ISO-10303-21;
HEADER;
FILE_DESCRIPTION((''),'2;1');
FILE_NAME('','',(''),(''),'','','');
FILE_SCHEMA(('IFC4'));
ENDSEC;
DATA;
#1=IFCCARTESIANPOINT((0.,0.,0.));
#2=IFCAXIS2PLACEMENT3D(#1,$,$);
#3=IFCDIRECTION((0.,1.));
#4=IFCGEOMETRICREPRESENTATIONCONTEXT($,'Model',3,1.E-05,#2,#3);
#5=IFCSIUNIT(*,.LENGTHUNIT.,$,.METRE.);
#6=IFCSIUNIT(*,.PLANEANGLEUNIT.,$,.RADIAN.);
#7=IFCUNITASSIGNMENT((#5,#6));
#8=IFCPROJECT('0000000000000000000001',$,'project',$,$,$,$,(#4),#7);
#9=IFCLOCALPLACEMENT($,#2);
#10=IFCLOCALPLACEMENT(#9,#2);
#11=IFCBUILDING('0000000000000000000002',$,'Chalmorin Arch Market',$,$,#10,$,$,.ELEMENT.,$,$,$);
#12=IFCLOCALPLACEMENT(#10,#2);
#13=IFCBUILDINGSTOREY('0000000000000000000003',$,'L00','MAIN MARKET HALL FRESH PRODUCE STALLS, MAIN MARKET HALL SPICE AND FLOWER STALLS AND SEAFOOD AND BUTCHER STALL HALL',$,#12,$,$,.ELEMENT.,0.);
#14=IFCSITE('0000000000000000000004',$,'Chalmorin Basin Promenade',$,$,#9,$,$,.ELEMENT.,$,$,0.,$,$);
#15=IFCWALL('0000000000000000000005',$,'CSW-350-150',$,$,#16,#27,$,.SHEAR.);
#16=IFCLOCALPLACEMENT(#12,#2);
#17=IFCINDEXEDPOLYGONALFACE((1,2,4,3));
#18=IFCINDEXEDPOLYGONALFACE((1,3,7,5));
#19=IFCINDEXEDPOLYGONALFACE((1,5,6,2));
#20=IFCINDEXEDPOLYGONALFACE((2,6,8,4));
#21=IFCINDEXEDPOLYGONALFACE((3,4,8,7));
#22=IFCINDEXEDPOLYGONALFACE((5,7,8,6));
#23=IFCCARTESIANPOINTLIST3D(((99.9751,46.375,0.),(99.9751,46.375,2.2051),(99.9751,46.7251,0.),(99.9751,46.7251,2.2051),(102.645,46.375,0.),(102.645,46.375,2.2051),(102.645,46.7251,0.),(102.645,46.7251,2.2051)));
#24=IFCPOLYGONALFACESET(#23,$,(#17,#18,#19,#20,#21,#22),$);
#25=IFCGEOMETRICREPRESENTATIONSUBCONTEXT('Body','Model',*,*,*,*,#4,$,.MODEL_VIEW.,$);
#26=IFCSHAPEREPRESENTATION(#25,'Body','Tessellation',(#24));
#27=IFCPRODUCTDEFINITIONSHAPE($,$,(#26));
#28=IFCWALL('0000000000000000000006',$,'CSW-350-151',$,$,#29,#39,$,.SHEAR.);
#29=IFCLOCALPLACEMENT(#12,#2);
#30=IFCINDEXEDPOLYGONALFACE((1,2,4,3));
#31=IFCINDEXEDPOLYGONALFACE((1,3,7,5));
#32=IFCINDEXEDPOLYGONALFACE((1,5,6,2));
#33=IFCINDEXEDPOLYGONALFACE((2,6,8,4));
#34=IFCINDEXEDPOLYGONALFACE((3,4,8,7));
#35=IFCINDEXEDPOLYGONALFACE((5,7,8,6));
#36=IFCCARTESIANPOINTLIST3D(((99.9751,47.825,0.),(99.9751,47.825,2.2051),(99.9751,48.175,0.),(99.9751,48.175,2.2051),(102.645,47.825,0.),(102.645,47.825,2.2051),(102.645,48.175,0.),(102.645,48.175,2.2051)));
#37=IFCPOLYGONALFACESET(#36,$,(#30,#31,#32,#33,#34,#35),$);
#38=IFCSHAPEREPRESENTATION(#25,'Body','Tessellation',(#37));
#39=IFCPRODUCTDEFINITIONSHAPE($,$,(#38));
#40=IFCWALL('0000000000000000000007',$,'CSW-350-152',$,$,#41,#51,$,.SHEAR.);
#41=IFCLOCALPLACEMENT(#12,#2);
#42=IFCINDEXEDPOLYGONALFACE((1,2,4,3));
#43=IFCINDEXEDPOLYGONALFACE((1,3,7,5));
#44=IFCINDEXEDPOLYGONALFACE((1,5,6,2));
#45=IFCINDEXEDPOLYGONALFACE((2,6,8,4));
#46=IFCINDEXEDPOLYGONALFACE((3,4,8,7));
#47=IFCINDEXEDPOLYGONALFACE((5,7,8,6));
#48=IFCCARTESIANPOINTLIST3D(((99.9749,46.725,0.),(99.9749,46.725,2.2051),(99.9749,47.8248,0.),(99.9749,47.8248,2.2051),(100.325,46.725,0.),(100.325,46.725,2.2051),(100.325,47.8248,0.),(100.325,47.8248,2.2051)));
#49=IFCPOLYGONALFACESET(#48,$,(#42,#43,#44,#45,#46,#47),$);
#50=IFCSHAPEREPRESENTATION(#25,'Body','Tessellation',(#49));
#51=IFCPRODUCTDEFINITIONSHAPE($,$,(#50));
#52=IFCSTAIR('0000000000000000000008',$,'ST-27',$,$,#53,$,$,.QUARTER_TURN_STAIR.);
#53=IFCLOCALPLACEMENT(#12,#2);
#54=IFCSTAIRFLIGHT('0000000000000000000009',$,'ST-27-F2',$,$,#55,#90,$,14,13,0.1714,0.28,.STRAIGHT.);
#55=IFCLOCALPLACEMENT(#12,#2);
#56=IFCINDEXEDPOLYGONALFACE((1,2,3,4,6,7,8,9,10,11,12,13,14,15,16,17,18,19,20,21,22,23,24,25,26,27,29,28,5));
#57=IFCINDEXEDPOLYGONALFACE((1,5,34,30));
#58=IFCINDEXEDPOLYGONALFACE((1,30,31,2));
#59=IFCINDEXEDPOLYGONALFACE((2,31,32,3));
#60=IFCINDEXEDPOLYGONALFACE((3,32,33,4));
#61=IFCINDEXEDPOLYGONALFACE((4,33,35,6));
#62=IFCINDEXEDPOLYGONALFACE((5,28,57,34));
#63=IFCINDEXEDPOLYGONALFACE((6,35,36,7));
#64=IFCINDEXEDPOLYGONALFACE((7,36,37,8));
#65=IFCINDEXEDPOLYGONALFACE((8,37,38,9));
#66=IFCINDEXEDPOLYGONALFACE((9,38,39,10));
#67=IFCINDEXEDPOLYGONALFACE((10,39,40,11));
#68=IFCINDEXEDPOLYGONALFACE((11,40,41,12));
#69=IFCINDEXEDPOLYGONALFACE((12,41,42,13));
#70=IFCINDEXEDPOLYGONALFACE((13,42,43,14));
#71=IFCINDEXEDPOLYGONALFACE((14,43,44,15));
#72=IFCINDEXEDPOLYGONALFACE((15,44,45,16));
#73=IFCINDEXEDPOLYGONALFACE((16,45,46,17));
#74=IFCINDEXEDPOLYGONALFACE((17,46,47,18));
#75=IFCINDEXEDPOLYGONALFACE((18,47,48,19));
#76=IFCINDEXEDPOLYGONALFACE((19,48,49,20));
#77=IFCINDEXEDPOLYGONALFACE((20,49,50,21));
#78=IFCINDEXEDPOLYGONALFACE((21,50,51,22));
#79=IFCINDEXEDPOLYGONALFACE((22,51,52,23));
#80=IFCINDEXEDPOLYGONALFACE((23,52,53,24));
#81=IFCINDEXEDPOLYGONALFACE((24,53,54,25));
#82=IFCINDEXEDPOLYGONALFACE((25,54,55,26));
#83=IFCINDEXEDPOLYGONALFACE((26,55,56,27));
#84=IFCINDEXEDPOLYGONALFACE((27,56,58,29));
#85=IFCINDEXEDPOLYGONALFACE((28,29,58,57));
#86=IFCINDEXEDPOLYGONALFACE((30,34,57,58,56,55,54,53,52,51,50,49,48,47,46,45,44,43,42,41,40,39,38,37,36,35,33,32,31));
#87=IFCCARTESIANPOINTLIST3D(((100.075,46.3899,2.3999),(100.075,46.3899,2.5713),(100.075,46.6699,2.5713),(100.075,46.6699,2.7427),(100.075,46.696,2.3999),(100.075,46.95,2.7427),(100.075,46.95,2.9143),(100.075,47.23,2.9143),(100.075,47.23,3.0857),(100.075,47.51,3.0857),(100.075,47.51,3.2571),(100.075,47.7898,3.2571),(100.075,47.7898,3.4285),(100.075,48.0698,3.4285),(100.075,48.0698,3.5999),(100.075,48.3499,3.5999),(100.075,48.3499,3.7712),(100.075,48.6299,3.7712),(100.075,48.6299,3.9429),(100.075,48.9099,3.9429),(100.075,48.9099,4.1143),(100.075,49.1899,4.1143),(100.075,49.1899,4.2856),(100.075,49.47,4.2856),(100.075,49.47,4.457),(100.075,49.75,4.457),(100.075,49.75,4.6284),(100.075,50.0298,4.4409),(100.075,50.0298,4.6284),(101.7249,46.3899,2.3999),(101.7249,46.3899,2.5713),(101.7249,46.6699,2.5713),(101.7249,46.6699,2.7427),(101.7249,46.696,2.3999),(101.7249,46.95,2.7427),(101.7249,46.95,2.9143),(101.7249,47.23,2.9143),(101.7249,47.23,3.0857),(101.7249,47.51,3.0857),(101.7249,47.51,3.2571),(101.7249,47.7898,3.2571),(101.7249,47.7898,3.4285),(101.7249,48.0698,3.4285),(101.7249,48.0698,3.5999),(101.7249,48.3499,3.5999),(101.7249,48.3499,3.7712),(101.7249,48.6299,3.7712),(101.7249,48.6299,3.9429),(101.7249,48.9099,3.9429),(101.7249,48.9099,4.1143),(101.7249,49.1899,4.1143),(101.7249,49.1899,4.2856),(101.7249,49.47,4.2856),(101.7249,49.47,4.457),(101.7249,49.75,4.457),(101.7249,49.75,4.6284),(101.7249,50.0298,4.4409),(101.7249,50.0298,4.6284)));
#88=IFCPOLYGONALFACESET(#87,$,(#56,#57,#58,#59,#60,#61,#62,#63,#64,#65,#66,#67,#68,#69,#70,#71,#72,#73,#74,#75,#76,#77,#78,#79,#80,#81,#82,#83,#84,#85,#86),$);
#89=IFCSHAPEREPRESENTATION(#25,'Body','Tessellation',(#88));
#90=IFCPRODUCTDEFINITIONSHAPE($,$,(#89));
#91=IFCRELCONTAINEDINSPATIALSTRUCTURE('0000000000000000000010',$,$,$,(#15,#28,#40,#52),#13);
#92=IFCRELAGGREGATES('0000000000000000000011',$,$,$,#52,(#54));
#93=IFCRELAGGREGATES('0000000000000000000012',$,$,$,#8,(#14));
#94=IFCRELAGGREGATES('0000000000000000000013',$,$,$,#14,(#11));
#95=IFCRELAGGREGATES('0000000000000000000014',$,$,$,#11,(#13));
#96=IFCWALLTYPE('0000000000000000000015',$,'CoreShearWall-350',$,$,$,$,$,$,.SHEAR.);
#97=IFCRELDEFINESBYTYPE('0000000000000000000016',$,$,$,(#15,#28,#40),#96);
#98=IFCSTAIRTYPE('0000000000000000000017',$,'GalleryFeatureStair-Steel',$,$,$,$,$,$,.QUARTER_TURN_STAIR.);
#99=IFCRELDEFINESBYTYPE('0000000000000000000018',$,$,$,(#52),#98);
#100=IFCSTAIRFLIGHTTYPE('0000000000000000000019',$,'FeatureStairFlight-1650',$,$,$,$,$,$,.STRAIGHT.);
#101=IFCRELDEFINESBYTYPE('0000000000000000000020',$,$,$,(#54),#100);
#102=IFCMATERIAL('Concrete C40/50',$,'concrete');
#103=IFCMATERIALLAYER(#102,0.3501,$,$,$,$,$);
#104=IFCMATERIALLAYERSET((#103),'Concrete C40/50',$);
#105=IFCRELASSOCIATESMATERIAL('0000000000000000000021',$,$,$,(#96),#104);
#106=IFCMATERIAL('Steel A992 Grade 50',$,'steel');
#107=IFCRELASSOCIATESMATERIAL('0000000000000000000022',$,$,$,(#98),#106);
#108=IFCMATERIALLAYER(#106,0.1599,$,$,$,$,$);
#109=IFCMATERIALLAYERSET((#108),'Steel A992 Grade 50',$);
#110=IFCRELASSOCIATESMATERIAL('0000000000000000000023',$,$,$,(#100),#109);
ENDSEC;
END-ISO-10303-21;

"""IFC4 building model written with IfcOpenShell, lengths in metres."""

from ifc_helpers import new_model, si_unit, direction, frame, frame_2d, origin, place, context, subcontext, project, spatial, polyline, rectangle, outline, extrude, material, layer, layer_set, type_object, element, aggregate, save


model = new_model("IFC4")

# Units and contexts
model_context = context("Model", 3, precision=1e-05, world=origin(), true_north=direction((0.0, 1.0)))
body_context = subcontext(model_context, "Body", "Model", "MODEL_VIEW")
ifc_project = project(units=[si_unit("LENGTHUNIT", "METRE"), si_unit("PLANEANGLEUNIT", "RADIAN")], contexts=[model_context])

# Site, building, storey
site_placement = place(None, origin())
site = spatial("IfcSite", under=ifc_project, at=site_placement, Name="Chalmorin Basin Promenade", CompositionType="ELEMENT", RefElevation=0.0)
building_placement = place(site_placement, origin())
building = spatial("IfcBuilding", under=site, at=building_placement, Name="Chalmorin Arch Market", CompositionType="ELEMENT")
storey_placement = place(building_placement, origin())
storey = spatial("IfcBuildingStorey", under=building, at=storey_placement, Name="L00", Description="MAIN MARKET HALL FRESH PRODUCE STALLS, MAIN MARKET HALL SPICE AND FLOWER STALLS AND SEAFOOD AND BUTCHER STALL HALL", CompositionType="ELEMENT", Elevation=0.0)

# Shared definitions
ifc_material_1 = material(Name="Concrete C40/50", Category="concrete")

# Shared definitions
ifc_material_2 = material(Name="Steel A992 Grade 50", Category="steel")

# Walls
ifc_layer_1 = layer(ifc_material_1, 0.3501)
ifc_layer_set_1 = layer_set([ifc_layer_1], Name="Concrete C40/50")
wall_type_1 = type_object("IfcWallType", Name="CoreShearWall-350", PredefinedType="SHEAR", material=ifc_layer_set_1)
for number, where, z_axis, x_axis, name in (
    (1, (99.9751, 46.55, 0.0), (0.0, 0.0, 1.0), (1.0, 0.0, 0.0), "CSW-350-150"),
    (2, (99.9751, 48.0, 0.0), (0.0, 0.0, 1.0), (1.0, 0.0, 0.0), "CSW-350-151"),
):
    element("IfcWall", number, at=place(storey_placement, frame(where, z_axis=z_axis, x_axis=x_axis)), inside=storey, type_object=wall_type_1, Name=name, PredefinedType="SHEAR", context=body_context, shape_type="SweptSolid", body=[
        extrude(rectangle(XDim=2.6699, YDim=0.3501, at=frame_2d((1.335, 0.0))), origin(), (0.0, 0.0, 1.0), 2.2051),
    ])
wall_1_placement = place(storey_placement, frame((100.1499, 46.7251, 0.0), z_axis=(0.0, 0.0, 1.0), x_axis=(0.0, 1.0, 0.0)))
element("IfcWall", 3, at=wall_1_placement, inside=storey, type_object=wall_type_1, Name="CSW-350-152", PredefinedType="SHEAR", context=body_context, shape_type="SweptSolid", body=[
    extrude(rectangle(XDim=1.0999, YDim=0.3501, at=frame_2d((0.5498, 0.0))), origin(), (0.0, 0.0, 1.0), 2.2051),
])

# Stair, stair flight
stair_type = type_object("IfcStairType", Name="GalleryFeatureStair-Steel", PredefinedType="QUARTER_TURN_STAIR", material=ifc_material_2)
stair_placement = place(storey_placement, origin())
stair = element("IfcStair", 4, at=stair_placement, inside=storey, type_object=stair_type, Name="ST-27", PredefinedType="QUARTER_TURN_STAIR")
ifc_layer_2 = layer(ifc_material_2, 0.1599)
ifc_layer_set_2 = layer_set([ifc_layer_2], Name="Steel A992 Grade 50")
stair_flight_type = type_object("IfcStairFlightType", Name="FeatureStairFlight-1650", PredefinedType="STRAIGHT", material=ifc_layer_set_2)
stair_flight_placement = place(storey_placement, frame((100.8999, 46.3899, 2.3999), z_axis=(0.0, 0.0, 1.0), x_axis=(0.0, 1.0, 0.0)))
stair_flight = element("IfcStairFlight", 5, at=stair_flight_placement, type_object=stair_flight_type, Name="ST-27-F2", NumberOfRisers=14, NumberOfTreads=13, PredefinedType="STRAIGHT", RiserHeight=0.1714, TreadLength=0.28, context=body_context, shape_type="SweptSolid", body=[
    extrude(outline(polyline([(0.0, 0.0), (0.0, 0.1714), (0.28, 0.1714), (0.28, 0.3428), (0.5601, 0.3428), (0.5601, 0.5144), (0.8401, 0.5144), (0.8401, 0.6858), (1.1201, 0.6858), (1.1201, 0.8572), (1.3999, 0.8572), (1.3999, 1.0286), (1.6799, 1.0286), (1.6799, 1.2), (1.96, 1.2), (1.96, 1.3713), (2.24, 1.3713), (2.24, 1.543), (2.52, 1.543), (2.52, 1.7144), (2.8, 1.7144), (2.8, 1.8857), (3.0801, 1.8857), (3.0801, 2.0571), (3.3601, 2.0571), (3.3601, 2.2285), (3.6399, 2.2285), (3.6399, 2.3999), (3.6399, 2.041), (0.3062, 0.0), (0.0, 0.0)])), frame((0.0, 0.825, 0.0), z_axis=(0.0, -1.0, 0.0), x_axis=(1.0, 0.0, 0.0)), (0.0, 0.0, 1.0), 1.6499),
])
aggregate(stair, [stair_flight])

save(model, "model.ifc")
